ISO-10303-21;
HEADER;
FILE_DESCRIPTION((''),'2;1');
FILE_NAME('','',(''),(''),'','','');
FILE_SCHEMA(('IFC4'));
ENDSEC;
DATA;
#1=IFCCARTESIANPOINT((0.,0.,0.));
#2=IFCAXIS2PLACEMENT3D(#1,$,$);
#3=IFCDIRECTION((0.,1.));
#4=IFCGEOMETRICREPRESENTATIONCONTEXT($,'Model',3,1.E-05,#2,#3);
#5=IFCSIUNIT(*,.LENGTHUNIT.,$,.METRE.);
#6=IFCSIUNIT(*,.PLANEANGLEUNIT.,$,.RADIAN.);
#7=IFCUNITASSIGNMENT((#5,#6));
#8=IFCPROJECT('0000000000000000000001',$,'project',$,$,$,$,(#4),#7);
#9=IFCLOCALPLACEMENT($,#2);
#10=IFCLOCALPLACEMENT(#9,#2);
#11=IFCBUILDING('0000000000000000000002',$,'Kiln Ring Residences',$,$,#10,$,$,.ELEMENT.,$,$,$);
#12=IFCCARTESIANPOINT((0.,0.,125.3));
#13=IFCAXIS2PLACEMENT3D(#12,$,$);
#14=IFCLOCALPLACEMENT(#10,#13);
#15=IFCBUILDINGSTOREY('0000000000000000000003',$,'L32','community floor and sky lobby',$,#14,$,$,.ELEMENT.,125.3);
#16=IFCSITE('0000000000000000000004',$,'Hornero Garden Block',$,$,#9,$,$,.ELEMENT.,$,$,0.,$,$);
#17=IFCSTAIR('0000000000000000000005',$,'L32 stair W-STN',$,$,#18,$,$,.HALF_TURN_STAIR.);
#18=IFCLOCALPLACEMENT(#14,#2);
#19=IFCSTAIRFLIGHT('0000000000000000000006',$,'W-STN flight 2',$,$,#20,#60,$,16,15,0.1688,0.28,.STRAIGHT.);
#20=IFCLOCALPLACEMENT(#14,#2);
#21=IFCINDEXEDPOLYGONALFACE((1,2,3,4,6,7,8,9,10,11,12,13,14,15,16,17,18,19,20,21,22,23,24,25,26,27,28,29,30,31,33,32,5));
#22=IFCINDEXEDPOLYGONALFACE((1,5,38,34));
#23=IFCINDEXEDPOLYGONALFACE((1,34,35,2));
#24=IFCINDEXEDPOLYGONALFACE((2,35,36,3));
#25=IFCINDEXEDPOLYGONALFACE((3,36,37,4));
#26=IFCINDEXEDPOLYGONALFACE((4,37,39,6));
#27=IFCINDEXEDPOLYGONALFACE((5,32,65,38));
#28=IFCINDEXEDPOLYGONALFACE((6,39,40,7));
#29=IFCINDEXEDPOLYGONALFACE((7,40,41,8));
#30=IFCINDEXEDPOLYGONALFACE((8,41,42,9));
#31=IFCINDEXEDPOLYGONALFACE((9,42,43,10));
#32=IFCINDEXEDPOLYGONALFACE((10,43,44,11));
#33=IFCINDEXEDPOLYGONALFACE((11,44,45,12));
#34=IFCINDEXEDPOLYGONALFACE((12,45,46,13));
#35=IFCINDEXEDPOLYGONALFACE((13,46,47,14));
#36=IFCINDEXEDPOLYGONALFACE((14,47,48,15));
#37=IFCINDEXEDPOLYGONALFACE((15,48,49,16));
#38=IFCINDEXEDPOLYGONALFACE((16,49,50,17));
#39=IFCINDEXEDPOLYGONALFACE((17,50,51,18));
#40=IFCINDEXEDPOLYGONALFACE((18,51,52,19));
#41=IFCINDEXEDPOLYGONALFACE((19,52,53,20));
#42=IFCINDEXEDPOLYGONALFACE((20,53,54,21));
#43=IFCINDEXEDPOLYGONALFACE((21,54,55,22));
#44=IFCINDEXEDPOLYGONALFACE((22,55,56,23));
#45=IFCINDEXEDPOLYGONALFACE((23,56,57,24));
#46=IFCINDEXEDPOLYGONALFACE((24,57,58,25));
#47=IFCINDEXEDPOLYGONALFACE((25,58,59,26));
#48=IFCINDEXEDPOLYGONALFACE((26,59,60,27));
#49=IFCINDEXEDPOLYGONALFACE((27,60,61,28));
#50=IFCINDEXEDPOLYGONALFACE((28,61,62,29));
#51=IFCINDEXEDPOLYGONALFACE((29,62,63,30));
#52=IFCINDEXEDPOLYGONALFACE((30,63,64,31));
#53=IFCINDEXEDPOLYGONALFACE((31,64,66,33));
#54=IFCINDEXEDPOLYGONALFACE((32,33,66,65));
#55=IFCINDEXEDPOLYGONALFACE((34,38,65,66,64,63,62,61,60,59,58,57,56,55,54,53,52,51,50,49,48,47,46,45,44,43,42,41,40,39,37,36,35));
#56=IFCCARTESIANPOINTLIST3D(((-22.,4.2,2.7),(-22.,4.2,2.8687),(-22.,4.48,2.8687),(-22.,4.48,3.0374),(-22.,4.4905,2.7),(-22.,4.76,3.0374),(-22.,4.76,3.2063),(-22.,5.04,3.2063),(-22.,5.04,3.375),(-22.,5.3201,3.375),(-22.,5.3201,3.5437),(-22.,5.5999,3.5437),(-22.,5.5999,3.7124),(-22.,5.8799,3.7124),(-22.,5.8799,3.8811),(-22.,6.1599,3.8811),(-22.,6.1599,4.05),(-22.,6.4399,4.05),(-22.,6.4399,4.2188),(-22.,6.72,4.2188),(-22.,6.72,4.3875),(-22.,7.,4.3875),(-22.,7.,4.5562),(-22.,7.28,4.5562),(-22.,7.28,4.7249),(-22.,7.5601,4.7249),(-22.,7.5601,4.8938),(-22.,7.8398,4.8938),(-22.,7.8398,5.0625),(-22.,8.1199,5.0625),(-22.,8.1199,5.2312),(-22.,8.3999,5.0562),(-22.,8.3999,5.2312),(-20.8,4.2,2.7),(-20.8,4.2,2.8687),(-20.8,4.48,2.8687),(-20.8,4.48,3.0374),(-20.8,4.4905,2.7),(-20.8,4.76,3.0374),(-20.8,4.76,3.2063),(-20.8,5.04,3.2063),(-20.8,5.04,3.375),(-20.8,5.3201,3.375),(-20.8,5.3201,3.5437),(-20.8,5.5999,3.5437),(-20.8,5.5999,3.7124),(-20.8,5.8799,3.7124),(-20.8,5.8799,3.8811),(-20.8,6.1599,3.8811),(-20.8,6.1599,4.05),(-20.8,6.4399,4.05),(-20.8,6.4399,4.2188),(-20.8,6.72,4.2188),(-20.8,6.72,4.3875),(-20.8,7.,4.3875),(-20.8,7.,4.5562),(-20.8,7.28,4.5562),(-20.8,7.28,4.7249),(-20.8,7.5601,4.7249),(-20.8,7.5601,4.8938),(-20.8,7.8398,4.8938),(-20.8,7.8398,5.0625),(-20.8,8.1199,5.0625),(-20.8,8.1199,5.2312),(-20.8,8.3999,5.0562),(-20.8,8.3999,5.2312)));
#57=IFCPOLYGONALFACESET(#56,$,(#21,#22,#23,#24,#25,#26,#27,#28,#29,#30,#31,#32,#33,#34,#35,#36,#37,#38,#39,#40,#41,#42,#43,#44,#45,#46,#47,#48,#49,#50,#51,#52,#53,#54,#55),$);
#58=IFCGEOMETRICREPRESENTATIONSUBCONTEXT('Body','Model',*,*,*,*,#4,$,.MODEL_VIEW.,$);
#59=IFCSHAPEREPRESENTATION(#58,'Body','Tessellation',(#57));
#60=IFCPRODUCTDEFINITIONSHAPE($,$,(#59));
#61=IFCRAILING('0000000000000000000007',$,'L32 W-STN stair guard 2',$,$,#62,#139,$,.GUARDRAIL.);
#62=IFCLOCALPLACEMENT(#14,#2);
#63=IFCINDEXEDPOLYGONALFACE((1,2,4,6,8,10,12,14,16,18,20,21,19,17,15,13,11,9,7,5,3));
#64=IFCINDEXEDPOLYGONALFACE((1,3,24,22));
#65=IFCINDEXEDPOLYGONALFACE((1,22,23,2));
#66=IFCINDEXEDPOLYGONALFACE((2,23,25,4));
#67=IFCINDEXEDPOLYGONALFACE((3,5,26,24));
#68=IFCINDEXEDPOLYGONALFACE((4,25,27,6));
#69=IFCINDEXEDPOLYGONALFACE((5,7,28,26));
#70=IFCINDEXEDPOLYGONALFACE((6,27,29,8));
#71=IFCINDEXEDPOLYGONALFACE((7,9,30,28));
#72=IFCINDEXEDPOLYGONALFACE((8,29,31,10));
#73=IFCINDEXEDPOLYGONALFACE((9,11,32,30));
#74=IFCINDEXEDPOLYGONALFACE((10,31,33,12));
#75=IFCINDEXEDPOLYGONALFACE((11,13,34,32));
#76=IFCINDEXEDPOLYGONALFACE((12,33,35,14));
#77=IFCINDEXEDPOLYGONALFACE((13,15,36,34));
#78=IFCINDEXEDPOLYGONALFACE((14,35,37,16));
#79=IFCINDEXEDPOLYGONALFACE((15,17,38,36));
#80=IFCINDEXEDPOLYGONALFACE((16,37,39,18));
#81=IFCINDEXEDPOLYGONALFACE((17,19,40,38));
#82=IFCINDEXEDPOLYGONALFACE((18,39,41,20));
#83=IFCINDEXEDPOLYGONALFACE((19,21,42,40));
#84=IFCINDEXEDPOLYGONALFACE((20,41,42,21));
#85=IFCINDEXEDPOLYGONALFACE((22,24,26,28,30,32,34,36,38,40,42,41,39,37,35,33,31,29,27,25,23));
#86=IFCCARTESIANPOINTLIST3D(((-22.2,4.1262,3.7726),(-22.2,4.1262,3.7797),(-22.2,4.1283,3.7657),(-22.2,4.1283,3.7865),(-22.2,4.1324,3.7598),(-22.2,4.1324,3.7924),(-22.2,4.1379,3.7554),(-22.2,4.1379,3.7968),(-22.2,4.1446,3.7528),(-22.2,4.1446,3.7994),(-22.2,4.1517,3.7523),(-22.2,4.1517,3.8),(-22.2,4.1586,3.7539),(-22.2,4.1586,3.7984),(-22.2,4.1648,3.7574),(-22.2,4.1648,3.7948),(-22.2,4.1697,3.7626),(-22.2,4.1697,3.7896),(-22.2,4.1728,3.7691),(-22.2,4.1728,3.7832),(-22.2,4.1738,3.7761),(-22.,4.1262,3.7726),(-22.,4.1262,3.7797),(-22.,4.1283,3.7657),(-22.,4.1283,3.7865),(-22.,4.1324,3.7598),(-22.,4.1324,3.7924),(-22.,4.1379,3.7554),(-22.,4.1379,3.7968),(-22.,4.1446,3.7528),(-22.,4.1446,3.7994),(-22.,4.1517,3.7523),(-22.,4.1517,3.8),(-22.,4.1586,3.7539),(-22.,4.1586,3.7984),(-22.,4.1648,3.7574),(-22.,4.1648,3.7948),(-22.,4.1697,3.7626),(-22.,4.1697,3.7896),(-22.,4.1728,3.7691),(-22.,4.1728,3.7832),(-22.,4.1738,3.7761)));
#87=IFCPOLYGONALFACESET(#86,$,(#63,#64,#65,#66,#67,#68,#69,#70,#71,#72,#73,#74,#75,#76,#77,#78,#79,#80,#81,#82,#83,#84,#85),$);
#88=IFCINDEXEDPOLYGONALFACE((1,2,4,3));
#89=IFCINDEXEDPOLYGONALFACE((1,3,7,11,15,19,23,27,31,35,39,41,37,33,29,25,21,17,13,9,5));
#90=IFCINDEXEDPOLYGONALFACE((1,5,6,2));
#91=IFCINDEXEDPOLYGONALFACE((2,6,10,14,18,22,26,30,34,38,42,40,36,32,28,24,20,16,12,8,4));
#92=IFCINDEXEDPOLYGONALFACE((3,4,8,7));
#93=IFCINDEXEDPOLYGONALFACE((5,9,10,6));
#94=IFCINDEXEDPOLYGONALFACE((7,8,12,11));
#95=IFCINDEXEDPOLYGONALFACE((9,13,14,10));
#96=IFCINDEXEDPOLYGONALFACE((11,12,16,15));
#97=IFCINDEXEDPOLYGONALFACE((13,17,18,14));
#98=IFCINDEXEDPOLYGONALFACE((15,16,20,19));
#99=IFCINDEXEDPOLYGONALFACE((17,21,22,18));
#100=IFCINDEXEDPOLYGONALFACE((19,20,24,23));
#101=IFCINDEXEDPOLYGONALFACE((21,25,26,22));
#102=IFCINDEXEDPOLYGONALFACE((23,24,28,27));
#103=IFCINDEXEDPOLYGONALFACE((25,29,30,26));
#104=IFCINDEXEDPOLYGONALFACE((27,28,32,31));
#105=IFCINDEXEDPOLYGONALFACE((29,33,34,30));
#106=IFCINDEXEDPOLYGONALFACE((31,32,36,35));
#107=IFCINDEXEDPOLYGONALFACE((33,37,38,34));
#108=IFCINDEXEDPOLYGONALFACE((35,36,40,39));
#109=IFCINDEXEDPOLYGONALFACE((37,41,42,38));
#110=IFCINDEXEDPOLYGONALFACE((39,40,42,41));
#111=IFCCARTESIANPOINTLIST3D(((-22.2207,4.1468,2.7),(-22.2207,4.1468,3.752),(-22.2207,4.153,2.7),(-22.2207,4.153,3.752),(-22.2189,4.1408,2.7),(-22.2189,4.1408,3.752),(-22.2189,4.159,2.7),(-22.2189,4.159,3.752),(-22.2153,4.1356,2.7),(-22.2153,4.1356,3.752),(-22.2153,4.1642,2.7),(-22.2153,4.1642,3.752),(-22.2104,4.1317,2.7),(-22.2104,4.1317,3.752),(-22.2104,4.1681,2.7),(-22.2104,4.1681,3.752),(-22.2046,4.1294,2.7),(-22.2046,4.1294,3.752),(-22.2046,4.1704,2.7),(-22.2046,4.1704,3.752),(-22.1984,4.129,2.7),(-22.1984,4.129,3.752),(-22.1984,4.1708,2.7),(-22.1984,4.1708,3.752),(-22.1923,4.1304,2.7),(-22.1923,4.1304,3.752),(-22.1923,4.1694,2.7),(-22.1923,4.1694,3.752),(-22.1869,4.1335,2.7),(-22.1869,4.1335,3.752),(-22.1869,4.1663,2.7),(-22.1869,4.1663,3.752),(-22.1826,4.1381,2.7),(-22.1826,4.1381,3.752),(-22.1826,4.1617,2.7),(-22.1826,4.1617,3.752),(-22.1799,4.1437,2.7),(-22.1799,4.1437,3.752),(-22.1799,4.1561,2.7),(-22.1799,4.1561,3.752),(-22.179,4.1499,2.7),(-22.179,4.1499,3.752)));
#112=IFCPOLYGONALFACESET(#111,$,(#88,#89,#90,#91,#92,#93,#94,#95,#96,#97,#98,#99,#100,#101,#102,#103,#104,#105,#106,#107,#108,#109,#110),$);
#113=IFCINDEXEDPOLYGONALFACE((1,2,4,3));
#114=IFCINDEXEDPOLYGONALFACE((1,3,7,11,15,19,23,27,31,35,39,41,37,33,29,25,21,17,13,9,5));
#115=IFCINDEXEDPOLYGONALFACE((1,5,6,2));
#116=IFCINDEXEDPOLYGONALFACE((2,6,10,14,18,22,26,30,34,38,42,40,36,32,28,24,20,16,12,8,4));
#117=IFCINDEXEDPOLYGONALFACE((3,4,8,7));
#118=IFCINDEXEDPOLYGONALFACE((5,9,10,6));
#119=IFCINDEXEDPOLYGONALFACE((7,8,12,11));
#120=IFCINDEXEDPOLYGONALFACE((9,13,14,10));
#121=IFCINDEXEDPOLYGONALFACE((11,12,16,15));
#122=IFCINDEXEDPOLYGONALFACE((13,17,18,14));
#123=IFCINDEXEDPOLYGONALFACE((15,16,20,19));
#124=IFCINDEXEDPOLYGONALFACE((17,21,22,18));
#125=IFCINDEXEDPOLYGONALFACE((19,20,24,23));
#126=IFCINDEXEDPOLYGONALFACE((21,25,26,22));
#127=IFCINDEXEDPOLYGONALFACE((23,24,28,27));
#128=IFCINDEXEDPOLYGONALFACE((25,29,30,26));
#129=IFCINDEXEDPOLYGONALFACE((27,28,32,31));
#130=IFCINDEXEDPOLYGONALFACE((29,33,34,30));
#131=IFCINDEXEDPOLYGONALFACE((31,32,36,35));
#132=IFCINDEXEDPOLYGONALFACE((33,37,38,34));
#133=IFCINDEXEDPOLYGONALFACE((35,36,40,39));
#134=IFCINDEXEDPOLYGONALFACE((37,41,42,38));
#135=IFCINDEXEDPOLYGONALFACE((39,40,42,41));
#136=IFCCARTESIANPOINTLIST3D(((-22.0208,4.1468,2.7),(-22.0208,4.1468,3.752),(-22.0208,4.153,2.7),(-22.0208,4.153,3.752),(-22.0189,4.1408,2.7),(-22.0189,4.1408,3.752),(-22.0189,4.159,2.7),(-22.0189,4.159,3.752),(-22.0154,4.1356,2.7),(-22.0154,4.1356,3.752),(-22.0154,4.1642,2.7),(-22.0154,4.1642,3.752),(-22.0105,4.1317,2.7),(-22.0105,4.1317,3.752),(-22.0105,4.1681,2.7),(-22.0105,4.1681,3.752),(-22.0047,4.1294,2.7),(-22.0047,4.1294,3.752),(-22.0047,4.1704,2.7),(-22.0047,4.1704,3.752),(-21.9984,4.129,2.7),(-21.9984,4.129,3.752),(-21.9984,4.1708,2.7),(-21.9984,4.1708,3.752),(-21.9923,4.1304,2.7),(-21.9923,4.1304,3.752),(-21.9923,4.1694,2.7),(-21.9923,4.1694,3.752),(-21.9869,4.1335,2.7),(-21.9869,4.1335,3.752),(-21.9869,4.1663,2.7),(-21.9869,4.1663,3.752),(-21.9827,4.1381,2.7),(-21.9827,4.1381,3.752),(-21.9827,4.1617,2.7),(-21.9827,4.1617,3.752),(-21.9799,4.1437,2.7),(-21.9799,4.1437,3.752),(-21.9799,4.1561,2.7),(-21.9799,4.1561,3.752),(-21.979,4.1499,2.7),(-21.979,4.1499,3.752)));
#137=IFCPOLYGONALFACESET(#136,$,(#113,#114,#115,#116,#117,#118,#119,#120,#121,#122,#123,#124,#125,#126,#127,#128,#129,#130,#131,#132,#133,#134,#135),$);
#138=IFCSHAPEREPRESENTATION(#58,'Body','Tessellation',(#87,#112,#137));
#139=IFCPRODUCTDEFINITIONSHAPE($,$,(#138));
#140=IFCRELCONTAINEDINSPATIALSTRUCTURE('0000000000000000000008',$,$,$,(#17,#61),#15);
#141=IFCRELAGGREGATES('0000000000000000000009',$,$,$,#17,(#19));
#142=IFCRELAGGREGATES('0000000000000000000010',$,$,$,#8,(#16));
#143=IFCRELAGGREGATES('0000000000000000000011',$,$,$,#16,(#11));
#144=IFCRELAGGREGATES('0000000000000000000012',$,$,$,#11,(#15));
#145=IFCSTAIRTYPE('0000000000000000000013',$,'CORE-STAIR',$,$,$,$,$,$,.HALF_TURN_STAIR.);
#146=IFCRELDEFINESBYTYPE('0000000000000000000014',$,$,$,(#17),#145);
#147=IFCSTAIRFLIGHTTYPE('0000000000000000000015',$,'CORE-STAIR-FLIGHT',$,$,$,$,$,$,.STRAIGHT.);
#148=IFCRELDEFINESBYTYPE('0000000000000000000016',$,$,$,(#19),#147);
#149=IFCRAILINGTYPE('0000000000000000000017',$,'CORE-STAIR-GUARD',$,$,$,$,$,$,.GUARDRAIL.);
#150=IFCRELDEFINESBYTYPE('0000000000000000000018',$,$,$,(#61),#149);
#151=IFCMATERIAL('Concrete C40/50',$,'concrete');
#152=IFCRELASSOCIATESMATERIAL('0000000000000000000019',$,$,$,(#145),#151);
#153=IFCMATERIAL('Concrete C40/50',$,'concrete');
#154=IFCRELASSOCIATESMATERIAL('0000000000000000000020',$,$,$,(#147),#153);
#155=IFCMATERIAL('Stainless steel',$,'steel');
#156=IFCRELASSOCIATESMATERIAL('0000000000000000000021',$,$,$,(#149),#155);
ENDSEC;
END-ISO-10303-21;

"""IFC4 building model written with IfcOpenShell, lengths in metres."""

from ifc_helpers import new_model, si_unit, direction, frame, origin, origin_2d, place, context, subcontext, project, spatial, polyline, circle, outline, extrude, material, type_object, element, aggregate, save


model = new_model("IFC4")

# Units and contexts
model_context = context("Model", 3, precision=1e-05, world=origin(), true_north=direction((0.0, 1.0)))
body_context = subcontext(model_context, "Body", "Model", "MODEL_VIEW")
ifc_project = project(units=[si_unit("LENGTHUNIT", "METRE"), si_unit("PLANEANGLEUNIT", "RADIAN")], contexts=[model_context])

# Site, building, storey
site_placement = place(None, origin())
site = spatial("IfcSite", under=ifc_project, at=site_placement, Name="Hornero Garden Block", CompositionType="ELEMENT", RefElevation=0.0)
building_placement = place(site_placement, origin())
building = spatial("IfcBuilding", under=site, at=building_placement, Name="Kiln Ring Residences", CompositionType="ELEMENT")
storey_placement = place(building_placement, frame((0.0, 0.0, 125.3)))
storey = spatial("IfcBuildingStorey", under=building, at=storey_placement, Name="L32", Description="community floor and sky lobby", CompositionType="ELEMENT", Elevation=125.3)

# Shared definitions
placement = place(storey_placement, origin())

# Stair, stair flight
ifc_material_1 = material(Name="Concrete C40/50", Category="concrete")
stair_type = type_object("IfcStairType", Name="CORE-STAIR", PredefinedType="HALF_TURN_STAIR", material=ifc_material_1)
stair = element("IfcStair", 1, at=placement, inside=storey, type_object=stair_type, Name="L32 stair W-STN", PredefinedType="HALF_TURN_STAIR")
ifc_material_2 = material(Name="Concrete C40/50", Category="concrete")
stair_flight_type = type_object("IfcStairFlightType", Name="CORE-STAIR-FLIGHT", PredefinedType="STRAIGHT", material=ifc_material_2)
stair_flight_placement = place(storey_placement, frame((-21.3999, 4.2, 2.7), z_axis=(0.0, 0.0, 1.0), x_axis=(0.0, 1.0, 0.0)))
stair_flight = element("IfcStairFlight", 2, at=stair_flight_placement, type_object=stair_flight_type, Name="W-STN flight 2", NumberOfRisers=16, NumberOfTreads=15, PredefinedType="STRAIGHT", RiserHeight=0.1688, TreadLength=0.28, context=body_context, shape_type="SweptSolid", body=[
    extrude(outline(polyline([(0.0, 0.0), (0.0, 0.1687), (0.28, 0.1687), (0.28, 0.3374), (0.5601, 0.3374), (0.5601, 0.5063), (0.8401, 0.5063), (0.8401, 0.675), (1.1201, 0.675), (1.1201, 0.8438), (1.3999, 0.8438), (1.3999, 1.0125), (1.6799, 1.0125), (1.6799, 1.1812), (1.96, 1.1812), (1.96, 1.3501), (2.24, 1.3501), (2.24, 1.5188), (2.52, 1.5188), (2.52, 1.6875), (2.8, 1.6875), (2.8, 1.8562), (3.0801, 1.8562), (3.0801, 2.0249), (3.3601, 2.0249), (3.3601, 2.1938), (3.6399, 2.1938), (3.6399, 2.3625), (3.9199, 2.3625), (3.9199, 2.5312), (4.2, 2.5312), (4.2, 2.7), (4.2, 2.3562), (0.2905, 0.0), (0.0, 0.0)])), frame((0.0, 0.6001, 0.0), z_axis=(0.0, -1.0, 0.0), x_axis=(1.0, 0.0, 0.0)), (0.0, 0.0, 1.0), 1.2),
])
aggregate(stair, [stair_flight])

# Railing
ifc_material_3 = material(Name="Stainless steel", Category="steel")
railing_type_1 = type_object("IfcRailingType", Name="CORE-STAIR-GUARD", PredefinedType="GUARDRAIL", material=ifc_material_3)
railing_1_placement = place(storey_placement, frame((-22.2, 4.1499, 2.7)))
element("IfcRailing", 3, at=railing_1_placement, inside=storey, type_object=railing_type_1, Name="L32 W-STN stair guard 2", PredefinedType="GUARDRAIL", context=body_context, shape_type="SweptSolid", body=[
    extrude(circle(Radius=0.0239, at=origin_2d()), frame((0.0, 0.0, 1.0762), z_axis=(1.0, 0.0, 0.0), x_axis=(0.0, 1.0, 0.0)), (0.0, 0.0, 1.0), 0.2),
    extrude(circle(Radius=0.021, at=origin_2d()), origin(), (0.0, 0.0, 1.0), 1.052),
    extrude(circle(Radius=0.021, at=origin_2d()), frame((0.2, 0.0, 0.0)), (0.0, 0.0, 1.0), 1.052),
])

save(model, "model.ifc")
